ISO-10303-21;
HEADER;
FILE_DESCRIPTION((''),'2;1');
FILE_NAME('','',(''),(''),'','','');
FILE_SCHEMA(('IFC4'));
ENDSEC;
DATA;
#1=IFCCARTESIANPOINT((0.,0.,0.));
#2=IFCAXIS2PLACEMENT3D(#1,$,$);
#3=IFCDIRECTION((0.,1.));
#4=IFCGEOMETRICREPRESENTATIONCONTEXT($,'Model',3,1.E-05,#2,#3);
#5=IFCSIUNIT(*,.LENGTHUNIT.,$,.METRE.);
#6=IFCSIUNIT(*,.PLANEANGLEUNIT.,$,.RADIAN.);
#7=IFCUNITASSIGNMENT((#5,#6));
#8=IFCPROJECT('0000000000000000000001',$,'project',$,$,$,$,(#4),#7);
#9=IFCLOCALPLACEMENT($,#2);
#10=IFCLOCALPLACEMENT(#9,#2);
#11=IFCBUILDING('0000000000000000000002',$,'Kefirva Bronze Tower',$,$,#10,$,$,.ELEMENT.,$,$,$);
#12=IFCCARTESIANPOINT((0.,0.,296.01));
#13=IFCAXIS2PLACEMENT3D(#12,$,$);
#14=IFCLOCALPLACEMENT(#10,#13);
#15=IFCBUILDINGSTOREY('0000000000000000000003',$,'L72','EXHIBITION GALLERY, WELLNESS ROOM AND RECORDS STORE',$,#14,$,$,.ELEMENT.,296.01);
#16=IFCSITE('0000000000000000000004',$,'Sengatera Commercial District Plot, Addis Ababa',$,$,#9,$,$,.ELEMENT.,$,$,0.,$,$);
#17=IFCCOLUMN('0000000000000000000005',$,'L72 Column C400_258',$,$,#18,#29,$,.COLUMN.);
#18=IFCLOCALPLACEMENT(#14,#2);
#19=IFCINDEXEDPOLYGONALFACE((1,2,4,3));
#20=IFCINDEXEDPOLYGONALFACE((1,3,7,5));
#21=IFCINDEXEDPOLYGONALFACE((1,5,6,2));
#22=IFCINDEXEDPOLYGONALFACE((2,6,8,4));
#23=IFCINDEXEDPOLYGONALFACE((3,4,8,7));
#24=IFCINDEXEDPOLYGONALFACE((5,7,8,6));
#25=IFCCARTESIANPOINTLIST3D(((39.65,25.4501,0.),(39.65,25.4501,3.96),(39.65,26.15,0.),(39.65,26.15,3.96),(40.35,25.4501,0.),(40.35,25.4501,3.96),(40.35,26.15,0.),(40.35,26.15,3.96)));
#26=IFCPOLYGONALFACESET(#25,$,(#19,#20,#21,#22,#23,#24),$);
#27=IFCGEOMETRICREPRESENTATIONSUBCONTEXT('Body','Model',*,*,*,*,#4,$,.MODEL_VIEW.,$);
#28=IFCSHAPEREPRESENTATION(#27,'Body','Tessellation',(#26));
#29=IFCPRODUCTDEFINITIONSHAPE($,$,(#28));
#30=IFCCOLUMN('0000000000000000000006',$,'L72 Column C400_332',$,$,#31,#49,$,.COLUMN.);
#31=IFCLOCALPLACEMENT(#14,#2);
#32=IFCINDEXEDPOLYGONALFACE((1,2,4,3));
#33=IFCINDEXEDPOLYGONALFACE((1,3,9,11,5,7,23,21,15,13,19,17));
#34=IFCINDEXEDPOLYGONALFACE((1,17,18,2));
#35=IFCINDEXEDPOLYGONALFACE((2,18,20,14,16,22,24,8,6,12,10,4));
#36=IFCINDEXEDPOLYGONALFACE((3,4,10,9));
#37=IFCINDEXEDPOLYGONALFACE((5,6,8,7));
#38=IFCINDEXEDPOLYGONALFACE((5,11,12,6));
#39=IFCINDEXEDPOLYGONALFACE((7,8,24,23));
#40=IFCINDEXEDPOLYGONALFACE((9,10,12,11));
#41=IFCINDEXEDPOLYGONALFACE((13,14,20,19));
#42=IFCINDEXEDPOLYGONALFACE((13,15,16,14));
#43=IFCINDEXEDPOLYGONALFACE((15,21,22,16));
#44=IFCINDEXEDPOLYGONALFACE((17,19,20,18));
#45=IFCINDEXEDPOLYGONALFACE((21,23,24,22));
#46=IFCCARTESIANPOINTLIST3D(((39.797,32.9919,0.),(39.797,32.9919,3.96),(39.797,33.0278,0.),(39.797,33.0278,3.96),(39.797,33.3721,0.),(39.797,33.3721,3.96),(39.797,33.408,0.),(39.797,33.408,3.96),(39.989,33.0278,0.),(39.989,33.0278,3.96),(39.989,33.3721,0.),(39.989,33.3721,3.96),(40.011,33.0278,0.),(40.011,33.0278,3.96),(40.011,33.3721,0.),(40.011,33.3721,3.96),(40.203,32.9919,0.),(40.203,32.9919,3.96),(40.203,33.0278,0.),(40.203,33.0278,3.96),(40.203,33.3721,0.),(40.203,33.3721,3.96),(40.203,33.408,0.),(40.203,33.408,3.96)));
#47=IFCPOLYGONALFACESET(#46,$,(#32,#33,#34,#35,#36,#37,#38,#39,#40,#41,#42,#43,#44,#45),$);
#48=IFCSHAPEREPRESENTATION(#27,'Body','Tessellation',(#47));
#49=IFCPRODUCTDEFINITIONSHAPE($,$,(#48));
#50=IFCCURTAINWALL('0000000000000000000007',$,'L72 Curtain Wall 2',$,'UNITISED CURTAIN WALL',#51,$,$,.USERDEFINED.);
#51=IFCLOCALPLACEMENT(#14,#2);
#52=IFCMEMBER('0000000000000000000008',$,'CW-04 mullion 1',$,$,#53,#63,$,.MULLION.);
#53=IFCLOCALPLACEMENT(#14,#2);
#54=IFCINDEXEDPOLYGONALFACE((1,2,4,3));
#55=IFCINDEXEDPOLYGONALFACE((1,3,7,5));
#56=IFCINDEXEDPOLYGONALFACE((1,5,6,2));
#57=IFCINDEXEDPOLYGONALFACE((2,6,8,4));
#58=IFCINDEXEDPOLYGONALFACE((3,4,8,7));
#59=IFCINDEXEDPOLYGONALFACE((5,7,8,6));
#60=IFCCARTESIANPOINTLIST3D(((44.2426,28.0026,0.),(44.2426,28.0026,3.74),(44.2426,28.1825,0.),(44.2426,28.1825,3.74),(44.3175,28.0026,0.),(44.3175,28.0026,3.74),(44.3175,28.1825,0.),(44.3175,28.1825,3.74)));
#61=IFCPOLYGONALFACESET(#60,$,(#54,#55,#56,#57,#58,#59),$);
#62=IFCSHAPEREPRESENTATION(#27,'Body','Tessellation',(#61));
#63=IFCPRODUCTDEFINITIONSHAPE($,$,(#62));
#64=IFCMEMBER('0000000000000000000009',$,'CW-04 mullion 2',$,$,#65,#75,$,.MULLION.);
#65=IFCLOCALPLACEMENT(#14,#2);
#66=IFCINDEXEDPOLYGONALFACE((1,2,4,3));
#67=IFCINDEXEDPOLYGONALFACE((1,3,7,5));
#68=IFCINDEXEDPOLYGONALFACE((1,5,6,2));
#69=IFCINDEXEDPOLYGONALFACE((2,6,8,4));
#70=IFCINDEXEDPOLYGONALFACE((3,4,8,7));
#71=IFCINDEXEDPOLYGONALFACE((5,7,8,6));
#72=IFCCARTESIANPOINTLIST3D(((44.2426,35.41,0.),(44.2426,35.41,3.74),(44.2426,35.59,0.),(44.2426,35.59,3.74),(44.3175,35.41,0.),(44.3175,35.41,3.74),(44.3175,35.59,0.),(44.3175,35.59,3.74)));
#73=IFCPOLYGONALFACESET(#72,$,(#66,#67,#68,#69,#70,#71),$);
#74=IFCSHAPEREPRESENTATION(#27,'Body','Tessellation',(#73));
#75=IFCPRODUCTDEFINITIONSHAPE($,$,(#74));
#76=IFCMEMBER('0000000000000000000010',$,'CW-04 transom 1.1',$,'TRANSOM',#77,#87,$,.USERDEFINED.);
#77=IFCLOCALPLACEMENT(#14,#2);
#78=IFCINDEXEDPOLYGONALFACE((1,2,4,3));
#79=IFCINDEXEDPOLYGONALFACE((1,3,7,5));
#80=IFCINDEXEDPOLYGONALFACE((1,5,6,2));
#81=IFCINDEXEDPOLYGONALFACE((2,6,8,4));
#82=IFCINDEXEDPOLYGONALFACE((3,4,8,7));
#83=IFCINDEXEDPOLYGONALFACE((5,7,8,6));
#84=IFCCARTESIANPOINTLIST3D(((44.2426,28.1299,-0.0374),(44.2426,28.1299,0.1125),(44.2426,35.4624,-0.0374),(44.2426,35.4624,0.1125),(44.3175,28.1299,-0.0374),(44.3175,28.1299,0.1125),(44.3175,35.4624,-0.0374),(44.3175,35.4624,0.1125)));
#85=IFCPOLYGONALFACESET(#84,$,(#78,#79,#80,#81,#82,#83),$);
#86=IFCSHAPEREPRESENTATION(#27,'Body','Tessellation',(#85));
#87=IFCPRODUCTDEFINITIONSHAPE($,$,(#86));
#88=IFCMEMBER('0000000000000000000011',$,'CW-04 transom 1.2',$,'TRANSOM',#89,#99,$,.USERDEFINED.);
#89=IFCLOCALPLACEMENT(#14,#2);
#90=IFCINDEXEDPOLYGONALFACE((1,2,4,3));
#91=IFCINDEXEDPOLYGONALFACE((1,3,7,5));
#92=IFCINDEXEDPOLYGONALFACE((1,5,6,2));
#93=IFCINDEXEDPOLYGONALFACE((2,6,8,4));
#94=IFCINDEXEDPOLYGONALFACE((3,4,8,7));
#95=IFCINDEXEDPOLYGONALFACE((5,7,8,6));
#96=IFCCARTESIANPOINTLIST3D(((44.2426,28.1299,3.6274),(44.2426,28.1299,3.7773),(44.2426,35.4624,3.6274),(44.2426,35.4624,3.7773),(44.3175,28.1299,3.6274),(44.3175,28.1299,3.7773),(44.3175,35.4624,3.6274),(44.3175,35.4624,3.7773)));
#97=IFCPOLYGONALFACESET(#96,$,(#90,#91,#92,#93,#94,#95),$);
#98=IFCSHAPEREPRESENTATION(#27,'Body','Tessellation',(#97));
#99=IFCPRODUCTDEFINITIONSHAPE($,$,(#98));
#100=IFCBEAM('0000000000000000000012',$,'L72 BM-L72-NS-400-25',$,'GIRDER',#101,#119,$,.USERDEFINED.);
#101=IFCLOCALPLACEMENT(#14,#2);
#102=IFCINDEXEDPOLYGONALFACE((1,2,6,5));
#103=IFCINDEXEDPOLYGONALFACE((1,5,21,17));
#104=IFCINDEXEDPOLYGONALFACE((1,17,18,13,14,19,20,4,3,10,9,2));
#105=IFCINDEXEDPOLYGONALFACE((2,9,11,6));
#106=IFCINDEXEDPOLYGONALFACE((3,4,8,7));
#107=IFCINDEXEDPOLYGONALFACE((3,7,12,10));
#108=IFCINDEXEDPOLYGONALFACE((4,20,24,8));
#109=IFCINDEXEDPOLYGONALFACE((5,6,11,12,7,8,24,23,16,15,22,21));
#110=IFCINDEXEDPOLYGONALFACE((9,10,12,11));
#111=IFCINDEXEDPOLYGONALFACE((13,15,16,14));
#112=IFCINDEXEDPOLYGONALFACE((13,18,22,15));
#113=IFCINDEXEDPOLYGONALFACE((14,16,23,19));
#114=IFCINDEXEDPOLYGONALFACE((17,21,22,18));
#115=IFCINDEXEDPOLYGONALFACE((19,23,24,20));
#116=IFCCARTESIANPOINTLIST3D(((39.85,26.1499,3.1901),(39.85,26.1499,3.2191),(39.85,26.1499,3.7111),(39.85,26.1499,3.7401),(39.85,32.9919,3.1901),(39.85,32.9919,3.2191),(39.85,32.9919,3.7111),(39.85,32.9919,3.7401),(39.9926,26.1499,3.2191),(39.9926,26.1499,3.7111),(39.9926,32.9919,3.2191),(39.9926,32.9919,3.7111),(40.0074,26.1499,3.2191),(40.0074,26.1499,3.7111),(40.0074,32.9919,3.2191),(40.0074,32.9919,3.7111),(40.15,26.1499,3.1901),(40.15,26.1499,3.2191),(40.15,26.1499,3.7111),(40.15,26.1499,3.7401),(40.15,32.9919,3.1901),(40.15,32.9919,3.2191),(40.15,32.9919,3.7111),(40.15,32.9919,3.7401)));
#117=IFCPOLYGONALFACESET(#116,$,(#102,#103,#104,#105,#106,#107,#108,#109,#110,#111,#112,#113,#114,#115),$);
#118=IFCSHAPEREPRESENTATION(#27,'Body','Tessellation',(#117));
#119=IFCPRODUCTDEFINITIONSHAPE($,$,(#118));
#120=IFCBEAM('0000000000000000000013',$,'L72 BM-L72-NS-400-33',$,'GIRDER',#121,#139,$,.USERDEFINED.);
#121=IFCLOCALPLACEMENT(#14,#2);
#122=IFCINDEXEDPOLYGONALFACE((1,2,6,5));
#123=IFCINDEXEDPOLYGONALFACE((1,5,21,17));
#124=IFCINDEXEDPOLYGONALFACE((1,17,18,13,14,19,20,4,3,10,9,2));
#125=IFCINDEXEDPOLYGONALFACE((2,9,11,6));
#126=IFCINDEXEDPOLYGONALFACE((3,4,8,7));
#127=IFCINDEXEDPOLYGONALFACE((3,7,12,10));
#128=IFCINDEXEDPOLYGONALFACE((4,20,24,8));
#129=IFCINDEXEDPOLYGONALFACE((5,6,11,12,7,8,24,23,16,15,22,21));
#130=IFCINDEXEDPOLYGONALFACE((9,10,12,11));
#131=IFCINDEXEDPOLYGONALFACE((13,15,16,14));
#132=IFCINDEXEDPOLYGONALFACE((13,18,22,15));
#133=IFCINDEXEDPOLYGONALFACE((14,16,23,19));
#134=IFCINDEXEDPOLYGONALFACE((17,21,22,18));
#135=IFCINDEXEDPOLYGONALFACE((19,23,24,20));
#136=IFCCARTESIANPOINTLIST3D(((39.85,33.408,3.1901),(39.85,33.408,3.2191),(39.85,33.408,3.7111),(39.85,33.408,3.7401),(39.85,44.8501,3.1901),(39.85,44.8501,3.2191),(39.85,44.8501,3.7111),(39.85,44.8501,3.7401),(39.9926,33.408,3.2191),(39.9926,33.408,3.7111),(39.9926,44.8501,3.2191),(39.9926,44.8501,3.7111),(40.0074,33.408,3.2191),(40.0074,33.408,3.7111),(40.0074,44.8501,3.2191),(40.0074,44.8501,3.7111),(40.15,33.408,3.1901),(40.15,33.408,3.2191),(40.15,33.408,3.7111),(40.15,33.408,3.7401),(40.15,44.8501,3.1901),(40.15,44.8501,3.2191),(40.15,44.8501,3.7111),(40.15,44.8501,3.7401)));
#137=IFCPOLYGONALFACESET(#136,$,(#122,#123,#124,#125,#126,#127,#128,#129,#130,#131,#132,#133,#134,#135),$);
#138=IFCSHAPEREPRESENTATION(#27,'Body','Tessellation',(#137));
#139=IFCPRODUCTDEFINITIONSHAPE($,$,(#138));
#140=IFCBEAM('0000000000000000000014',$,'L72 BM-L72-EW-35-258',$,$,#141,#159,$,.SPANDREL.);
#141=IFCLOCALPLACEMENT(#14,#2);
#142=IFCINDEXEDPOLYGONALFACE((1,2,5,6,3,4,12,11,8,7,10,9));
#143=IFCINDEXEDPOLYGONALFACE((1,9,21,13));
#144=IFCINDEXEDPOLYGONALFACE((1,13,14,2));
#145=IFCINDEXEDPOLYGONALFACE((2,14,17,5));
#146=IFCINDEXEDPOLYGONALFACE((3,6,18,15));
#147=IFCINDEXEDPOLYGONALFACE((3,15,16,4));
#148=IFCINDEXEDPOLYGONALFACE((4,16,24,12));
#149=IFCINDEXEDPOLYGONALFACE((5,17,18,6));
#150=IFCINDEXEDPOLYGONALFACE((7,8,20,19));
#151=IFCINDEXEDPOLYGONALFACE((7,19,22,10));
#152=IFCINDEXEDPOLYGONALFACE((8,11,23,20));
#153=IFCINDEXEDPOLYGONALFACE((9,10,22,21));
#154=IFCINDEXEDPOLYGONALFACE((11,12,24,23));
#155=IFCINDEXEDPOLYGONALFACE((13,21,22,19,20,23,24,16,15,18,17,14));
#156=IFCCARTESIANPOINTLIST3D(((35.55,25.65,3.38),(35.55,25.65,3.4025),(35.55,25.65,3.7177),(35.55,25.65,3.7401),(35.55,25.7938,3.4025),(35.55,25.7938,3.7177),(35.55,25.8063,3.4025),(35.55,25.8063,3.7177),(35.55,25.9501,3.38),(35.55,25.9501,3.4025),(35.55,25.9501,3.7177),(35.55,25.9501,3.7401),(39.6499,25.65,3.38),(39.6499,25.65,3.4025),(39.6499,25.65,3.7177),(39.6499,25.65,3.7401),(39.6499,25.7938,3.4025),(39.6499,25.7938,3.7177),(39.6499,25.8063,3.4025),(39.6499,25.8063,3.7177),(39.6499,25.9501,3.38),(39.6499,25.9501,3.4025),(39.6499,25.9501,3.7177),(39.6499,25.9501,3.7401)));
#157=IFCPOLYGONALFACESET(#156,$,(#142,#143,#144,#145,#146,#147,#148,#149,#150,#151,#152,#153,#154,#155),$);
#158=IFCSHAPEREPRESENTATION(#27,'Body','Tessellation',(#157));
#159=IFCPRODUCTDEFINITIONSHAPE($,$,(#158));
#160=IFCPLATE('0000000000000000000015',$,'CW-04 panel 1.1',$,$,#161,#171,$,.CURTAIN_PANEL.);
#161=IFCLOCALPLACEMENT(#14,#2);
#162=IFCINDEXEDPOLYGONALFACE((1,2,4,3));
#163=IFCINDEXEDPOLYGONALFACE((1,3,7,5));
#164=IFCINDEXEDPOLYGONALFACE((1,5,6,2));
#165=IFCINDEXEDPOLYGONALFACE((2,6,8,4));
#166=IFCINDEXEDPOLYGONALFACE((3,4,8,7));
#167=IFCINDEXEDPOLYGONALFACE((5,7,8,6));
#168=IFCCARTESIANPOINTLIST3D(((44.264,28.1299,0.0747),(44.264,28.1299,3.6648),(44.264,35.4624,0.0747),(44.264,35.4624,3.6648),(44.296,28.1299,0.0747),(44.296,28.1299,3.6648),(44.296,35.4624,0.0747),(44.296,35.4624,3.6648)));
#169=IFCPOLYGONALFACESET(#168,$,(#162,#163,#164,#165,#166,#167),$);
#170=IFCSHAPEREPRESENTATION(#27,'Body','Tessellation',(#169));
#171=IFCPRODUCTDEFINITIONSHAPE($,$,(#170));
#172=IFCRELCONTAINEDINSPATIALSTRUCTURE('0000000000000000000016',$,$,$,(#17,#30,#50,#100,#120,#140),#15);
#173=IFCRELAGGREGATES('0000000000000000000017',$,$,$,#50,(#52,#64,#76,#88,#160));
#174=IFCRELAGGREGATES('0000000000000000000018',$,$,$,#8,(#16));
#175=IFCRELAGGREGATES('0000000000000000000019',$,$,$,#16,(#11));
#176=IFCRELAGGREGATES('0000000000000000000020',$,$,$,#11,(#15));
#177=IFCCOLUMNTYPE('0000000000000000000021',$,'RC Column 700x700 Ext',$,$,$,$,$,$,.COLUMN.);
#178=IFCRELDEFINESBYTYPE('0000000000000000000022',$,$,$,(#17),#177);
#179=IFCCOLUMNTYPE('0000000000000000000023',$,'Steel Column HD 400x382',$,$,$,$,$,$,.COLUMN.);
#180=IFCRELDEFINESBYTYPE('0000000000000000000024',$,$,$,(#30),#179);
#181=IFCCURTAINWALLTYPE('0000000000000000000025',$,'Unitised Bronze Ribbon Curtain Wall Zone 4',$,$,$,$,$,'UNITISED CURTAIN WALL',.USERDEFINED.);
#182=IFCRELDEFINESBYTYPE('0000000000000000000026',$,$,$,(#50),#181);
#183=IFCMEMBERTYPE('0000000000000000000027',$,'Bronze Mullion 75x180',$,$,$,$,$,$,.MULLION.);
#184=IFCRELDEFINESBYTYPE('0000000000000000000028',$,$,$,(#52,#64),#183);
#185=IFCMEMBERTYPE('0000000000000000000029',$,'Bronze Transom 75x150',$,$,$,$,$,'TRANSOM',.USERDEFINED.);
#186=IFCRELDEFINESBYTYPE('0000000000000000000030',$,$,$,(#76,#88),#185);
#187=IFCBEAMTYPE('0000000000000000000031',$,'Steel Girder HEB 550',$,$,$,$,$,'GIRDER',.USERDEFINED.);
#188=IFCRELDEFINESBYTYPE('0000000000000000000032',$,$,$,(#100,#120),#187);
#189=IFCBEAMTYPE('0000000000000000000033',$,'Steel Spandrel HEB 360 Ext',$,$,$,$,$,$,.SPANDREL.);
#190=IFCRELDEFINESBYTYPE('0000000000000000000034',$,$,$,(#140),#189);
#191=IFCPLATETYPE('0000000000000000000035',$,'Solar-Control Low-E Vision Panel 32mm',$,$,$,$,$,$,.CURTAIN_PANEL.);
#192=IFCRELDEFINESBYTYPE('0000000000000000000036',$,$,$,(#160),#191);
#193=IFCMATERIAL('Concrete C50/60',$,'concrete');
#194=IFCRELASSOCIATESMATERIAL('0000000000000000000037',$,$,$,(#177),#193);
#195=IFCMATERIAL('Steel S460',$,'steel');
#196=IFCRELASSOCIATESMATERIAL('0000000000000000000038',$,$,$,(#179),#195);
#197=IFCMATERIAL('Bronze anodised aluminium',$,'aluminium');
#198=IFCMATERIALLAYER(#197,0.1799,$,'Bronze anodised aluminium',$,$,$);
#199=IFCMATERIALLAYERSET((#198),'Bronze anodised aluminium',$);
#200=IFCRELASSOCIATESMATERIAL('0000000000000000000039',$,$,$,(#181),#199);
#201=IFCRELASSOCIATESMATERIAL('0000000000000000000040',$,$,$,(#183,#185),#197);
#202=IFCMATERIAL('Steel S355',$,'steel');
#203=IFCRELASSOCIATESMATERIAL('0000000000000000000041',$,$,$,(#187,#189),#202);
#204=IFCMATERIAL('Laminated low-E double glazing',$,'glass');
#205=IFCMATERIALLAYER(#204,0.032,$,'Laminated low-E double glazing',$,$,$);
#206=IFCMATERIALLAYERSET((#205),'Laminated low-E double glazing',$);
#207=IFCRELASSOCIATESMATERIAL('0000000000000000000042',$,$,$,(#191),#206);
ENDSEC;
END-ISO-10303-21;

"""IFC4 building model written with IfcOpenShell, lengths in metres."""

from ifc_helpers import new_model, si_unit, direction, frame, origin, origin_2d, place, context, subcontext, project, spatial, rectangle, i_section, extrude, material, layer, layer_set, material_profile, profile_set, type_object, element, aggregate, save


model = new_model("IFC4")

# Units and contexts
model_context = context("Model", 3, precision=1e-05, world=origin(), true_north=direction((0.0, 1.0)))
body_context = subcontext(model_context, "Body", "Model", "MODEL_VIEW")
ifc_project = project(units=[si_unit("LENGTHUNIT", "METRE"), si_unit("PLANEANGLEUNIT", "RADIAN")], contexts=[model_context])

# Site, building, storey
site_placement = place(None, origin())
site = spatial("IfcSite", under=ifc_project, at=site_placement, Name="Sengatera Commercial District Plot, Addis Ababa", CompositionType="ELEMENT", RefElevation=0.0)
building_placement = place(site_placement, origin())
building = spatial("IfcBuilding", under=site, at=building_placement, Name="Kefirva Bronze Tower", CompositionType="ELEMENT")
storey_placement = place(building_placement, frame((0.0, 0.0, 296.01)))
storey = spatial("IfcBuildingStorey", under=building, at=storey_placement, Name="L72", Description="EXHIBITION GALLERY, WELLNESS ROOM AND RECORDS STORE", CompositionType="ELEMENT", Elevation=296.01)

# Columns
ifc_material_1 = material(Name="Concrete C50/60", Category="concrete")
ifc_material_profile_1 = material_profile(ifc_material_1, rectangle(XDim=0.7, YDim=0.7, at=origin_2d()), Name="RC 700x700")
ifc_profile_set_1 = profile_set([ifc_material_profile_1], Name="Concrete C50/60")
column_type_1 = type_object("IfcColumnType", Name="RC Column 700x700 Ext", PredefinedType="COLUMN", material=ifc_profile_set_1)
column_1_placement = place(storey_placement, frame((40.0, 25.8, 0.0), z_axis=(0.0, 0.0, 1.0), x_axis=(1.0, 0.0, 0.0)))
element("IfcColumn", 1, at=column_1_placement, inside=storey, type_object=column_type_1, Name="L72 Column C400_258", PredefinedType="COLUMN", context=body_context, shape_type="SweptSolid", body=[
    extrude(rectangle(XDim=0.7, YDim=0.7, at=origin_2d()), origin(), (0.0, 0.0, 1.0), 3.96),
])
ifc_material_2 = material(Name="Steel S460", Category="steel")
ifc_material_profile_2 = material_profile(ifc_material_2, i_section(OverallWidth=0.406, OverallDepth=0.416, WebThickness=0.022, FlangeThickness=0.0359, at=origin_2d()), Name="HD 400x382")
ifc_profile_set_2 = profile_set([ifc_material_profile_2], Name="Steel S460")
column_type_2 = type_object("IfcColumnType", Name="Steel Column HD 400x382", PredefinedType="COLUMN", material=ifc_profile_set_2)
column_2_placement = place(storey_placement, frame((40.0, 33.2, 0.0), z_axis=(0.0, 0.0, 1.0), x_axis=(1.0, 0.0, 0.0)))
element("IfcColumn", 2, at=column_2_placement, inside=storey, type_object=column_type_2, Name="L72 Column C400_332", PredefinedType="COLUMN", context=body_context, shape_type="SweptSolid", body=[
    extrude(i_section(OverallWidth=0.406, OverallDepth=0.416, WebThickness=0.022, FlangeThickness=0.0359, at=origin_2d()), origin(), (0.0, 0.0, 1.0), 3.96),
])

# Curtain wall, members
ifc_material_3 = material(Name="Bronze anodised aluminium", Category="aluminium")
ifc_layer_1 = layer(ifc_material_3, 0.1799, Name="Bronze anodised aluminium")
ifc_layer_set_1 = layer_set([ifc_layer_1], Name="Bronze anodised aluminium")
curtain_wall_type = type_object("IfcCurtainWallType", Name="Unitised Bronze Ribbon Curtain Wall Zone 4", ElementType="UNITISED CURTAIN WALL", PredefinedType="USERDEFINED", material=ifc_layer_set_1)
curtain_wall_placement = place(storey_placement, origin())
curtain_wall = element("IfcCurtainWall", 3, at=curtain_wall_placement, inside=storey, type_object=curtain_wall_type, Name="L72 Curtain Wall 2", ObjectType="UNITISED CURTAIN WALL", PredefinedType="USERDEFINED")
ifc_material_profile_3 = material_profile(ifc_material_3, rectangle(XDim=0.075, YDim=0.1799, at=origin_2d()), Name="ALU 75x180")
ifc_profile_set_3 = profile_set([ifc_material_profile_3], Name="Bronze anodised aluminium")
member_type_1 = type_object("IfcMemberType", Name="Bronze Mullion 75x180", PredefinedType="MULLION", material=ifc_profile_set_3)
member_1_placement = place(storey_placement, frame((44.28, 28.0925, 0.0), z_axis=(0.0, 0.0, 1.0), x_axis=(-1.0, 0.0, 0.0)))
member_1 = element("IfcMember", 4, at=member_1_placement, type_object=member_type_1, Name="CW-04 mullion 1", PredefinedType="MULLION", context=body_context, shape_type="SweptSolid", body=[
    extrude(rectangle(XDim=0.075, YDim=0.1799, at=origin_2d()), origin(), (0.0, 0.0, 1.0), 3.74),
])
member_2_placement = place(storey_placement, frame((44.28, 35.5, 0.0), z_axis=(0.0, 0.0, 1.0), x_axis=(-1.0, 0.0, 0.0)))
member_2 = element("IfcMember", 5, at=member_2_placement, type_object=member_type_1, Name="CW-04 mullion 2", PredefinedType="MULLION", context=body_context, shape_type="SweptSolid", body=[
    extrude(rectangle(XDim=0.075, YDim=0.1799, at=origin_2d()), origin(), (0.0, 0.0, 1.0), 3.74),
])
ifc_material_profile_4 = material_profile(ifc_material_3, rectangle(XDim=0.075, YDim=0.1499, at=origin_2d()), Name="ALU 75x150")
ifc_profile_set_4 = profile_set([ifc_material_profile_4], Name="Bronze anodised aluminium")
member_type_2 = type_object("IfcMemberType", Name="Bronze Transom 75x150", ElementType="TRANSOM", PredefinedType="USERDEFINED", material=ifc_profile_set_4)
member_3_placement = place(storey_placement, frame((44.28, 28.1299, 0.0376), z_axis=(0.0, 1.0, 0.0), x_axis=(-1.0, 0.0, 0.0)))
member_3 = element("IfcMember", 6, at=member_3_placement, type_object=member_type_2, Name="CW-04 transom 1.1", ObjectType="TRANSOM", PredefinedType="USERDEFINED", context=body_context, shape_type="SweptSolid", body=[
    extrude(rectangle(XDim=0.075, YDim=0.1499, at=origin_2d()), origin(), (0.0, 0.0, 1.0), 7.3325),
])
member_4_placement = place(storey_placement, frame((44.28, 28.1299, 3.7024), z_axis=(0.0, 1.0, 0.0), x_axis=(-1.0, 0.0, 0.0)))
member_4 = element("IfcMember", 7, at=member_4_placement, type_object=member_type_2, Name="CW-04 transom 1.2", ObjectType="TRANSOM", PredefinedType="USERDEFINED", context=body_context, shape_type="SweptSolid", body=[
    extrude(rectangle(XDim=0.075, YDim=0.1499, at=origin_2d()), origin(), (0.0, 0.0, 1.0), 7.3325),
])

# Beams
ifc_material_4 = material(Name="Steel S355", Category="steel")
ifc_material_profile_5 = material_profile(ifc_material_4, i_section(OverallWidth=0.3, OverallDepth=0.55, WebThickness=0.0149, FlangeThickness=0.0291, at=origin_2d()), Name="HEB 550")
ifc_profile_set_5 = profile_set([ifc_material_profile_5], Name="Steel S355")
beam_type_1 = type_object("IfcBeamType", Name="Steel Girder HEB 550", ElementType="GIRDER", PredefinedType="USERDEFINED", material=ifc_profile_set_5)
beam_1_placement = place(storey_placement, frame((40.0, 26.1499, 3.4651), z_axis=(0.0, 1.0, 0.0), x_axis=(-1.0, 0.0, 0.0)))
element("IfcBeam", 8, at=beam_1_placement, inside=storey, type_object=beam_type_1, Name="L72 BM-L72-NS-400-25", ObjectType="GIRDER", PredefinedType="USERDEFINED", context=body_context, shape_type="SweptSolid", body=[
    extrude(i_section(OverallWidth=0.3, OverallDepth=0.55, WebThickness=0.0149, FlangeThickness=0.0291, at=origin_2d()), origin(), (0.0, 0.0, 1.0), 6.842),
])
beam_2_placement = place(storey_placement, frame((40.0, 33.408, 3.4651), z_axis=(0.0, 1.0, 0.0), x_axis=(-1.0, 0.0, 0.0)))
element("IfcBeam", 9, at=beam_2_placement, inside=storey, type_object=beam_type_1, Name="L72 BM-L72-NS-400-33", ObjectType="GIRDER", PredefinedType="USERDEFINED", context=body_context, shape_type="SweptSolid", body=[
    extrude(i_section(OverallWidth=0.3, OverallDepth=0.55, WebThickness=0.0149, FlangeThickness=0.0291, at=origin_2d()), origin(), (0.0, 0.0, 1.0), 11.4421),
])
ifc_material_profile_6 = material_profile(ifc_material_4, i_section(OverallWidth=0.3, OverallDepth=0.3601, WebThickness=0.0125, FlangeThickness=0.0225, at=origin_2d()), Name="HEB 360")
ifc_profile_set_6 = profile_set([ifc_material_profile_6], Name="Steel S355")
beam_type_2 = type_object("IfcBeamType", Name="Steel Spandrel HEB 360 Ext", PredefinedType="SPANDREL", material=ifc_profile_set_6)
beam_3_placement = place(storey_placement, frame((35.55, 25.8, 3.5601), z_axis=(1.0, 0.0, 0.0), x_axis=(0.0, 1.0, 0.0)))
element("IfcBeam", 10, at=beam_3_placement, inside=storey, type_object=beam_type_2, Name="L72 BM-L72-EW-35-258", PredefinedType="SPANDREL", context=body_context, shape_type="SweptSolid", body=[
    extrude(i_section(OverallWidth=0.3, OverallDepth=0.3601, WebThickness=0.0125, FlangeThickness=0.0225, at=origin_2d()), origin(), (0.0, 0.0, 1.0), 4.0999),
])

# Plate
ifc_material_5 = material(Name="Laminated low-E double glazing", Category="glass")
ifc_layer_2 = layer(ifc_material_5, 0.032, Name="Laminated low-E double glazing")
ifc_layer_set_2 = layer_set([ifc_layer_2], Name="Laminated low-E double glazing")
plate_type = type_object("IfcPlateType", Name="Solar-Control Low-E Vision Panel 32mm", PredefinedType="CURTAIN_PANEL", material=ifc_layer_set_2)
plate_placement = place(storey_placement, frame((44.28, 31.7961, 0.0747), z_axis=(0.0, 0.0, 1.0), x_axis=(0.0, 1.0, 0.0)))
plate = element("IfcPlate", 11, at=plate_placement, type_object=plate_type, Name="CW-04 panel 1.1", PredefinedType="CURTAIN_PANEL", context=body_context, shape_type="SweptSolid", body=[
    extrude(rectangle(XDim=7.3325, YDim=0.032, at=origin_2d()), origin(), (0.0, 0.0, 1.0), 3.5901),
])
aggregate(curtain_wall, [member_1, member_2, member_3, member_4, plate])

save(model, "model.ifc")
